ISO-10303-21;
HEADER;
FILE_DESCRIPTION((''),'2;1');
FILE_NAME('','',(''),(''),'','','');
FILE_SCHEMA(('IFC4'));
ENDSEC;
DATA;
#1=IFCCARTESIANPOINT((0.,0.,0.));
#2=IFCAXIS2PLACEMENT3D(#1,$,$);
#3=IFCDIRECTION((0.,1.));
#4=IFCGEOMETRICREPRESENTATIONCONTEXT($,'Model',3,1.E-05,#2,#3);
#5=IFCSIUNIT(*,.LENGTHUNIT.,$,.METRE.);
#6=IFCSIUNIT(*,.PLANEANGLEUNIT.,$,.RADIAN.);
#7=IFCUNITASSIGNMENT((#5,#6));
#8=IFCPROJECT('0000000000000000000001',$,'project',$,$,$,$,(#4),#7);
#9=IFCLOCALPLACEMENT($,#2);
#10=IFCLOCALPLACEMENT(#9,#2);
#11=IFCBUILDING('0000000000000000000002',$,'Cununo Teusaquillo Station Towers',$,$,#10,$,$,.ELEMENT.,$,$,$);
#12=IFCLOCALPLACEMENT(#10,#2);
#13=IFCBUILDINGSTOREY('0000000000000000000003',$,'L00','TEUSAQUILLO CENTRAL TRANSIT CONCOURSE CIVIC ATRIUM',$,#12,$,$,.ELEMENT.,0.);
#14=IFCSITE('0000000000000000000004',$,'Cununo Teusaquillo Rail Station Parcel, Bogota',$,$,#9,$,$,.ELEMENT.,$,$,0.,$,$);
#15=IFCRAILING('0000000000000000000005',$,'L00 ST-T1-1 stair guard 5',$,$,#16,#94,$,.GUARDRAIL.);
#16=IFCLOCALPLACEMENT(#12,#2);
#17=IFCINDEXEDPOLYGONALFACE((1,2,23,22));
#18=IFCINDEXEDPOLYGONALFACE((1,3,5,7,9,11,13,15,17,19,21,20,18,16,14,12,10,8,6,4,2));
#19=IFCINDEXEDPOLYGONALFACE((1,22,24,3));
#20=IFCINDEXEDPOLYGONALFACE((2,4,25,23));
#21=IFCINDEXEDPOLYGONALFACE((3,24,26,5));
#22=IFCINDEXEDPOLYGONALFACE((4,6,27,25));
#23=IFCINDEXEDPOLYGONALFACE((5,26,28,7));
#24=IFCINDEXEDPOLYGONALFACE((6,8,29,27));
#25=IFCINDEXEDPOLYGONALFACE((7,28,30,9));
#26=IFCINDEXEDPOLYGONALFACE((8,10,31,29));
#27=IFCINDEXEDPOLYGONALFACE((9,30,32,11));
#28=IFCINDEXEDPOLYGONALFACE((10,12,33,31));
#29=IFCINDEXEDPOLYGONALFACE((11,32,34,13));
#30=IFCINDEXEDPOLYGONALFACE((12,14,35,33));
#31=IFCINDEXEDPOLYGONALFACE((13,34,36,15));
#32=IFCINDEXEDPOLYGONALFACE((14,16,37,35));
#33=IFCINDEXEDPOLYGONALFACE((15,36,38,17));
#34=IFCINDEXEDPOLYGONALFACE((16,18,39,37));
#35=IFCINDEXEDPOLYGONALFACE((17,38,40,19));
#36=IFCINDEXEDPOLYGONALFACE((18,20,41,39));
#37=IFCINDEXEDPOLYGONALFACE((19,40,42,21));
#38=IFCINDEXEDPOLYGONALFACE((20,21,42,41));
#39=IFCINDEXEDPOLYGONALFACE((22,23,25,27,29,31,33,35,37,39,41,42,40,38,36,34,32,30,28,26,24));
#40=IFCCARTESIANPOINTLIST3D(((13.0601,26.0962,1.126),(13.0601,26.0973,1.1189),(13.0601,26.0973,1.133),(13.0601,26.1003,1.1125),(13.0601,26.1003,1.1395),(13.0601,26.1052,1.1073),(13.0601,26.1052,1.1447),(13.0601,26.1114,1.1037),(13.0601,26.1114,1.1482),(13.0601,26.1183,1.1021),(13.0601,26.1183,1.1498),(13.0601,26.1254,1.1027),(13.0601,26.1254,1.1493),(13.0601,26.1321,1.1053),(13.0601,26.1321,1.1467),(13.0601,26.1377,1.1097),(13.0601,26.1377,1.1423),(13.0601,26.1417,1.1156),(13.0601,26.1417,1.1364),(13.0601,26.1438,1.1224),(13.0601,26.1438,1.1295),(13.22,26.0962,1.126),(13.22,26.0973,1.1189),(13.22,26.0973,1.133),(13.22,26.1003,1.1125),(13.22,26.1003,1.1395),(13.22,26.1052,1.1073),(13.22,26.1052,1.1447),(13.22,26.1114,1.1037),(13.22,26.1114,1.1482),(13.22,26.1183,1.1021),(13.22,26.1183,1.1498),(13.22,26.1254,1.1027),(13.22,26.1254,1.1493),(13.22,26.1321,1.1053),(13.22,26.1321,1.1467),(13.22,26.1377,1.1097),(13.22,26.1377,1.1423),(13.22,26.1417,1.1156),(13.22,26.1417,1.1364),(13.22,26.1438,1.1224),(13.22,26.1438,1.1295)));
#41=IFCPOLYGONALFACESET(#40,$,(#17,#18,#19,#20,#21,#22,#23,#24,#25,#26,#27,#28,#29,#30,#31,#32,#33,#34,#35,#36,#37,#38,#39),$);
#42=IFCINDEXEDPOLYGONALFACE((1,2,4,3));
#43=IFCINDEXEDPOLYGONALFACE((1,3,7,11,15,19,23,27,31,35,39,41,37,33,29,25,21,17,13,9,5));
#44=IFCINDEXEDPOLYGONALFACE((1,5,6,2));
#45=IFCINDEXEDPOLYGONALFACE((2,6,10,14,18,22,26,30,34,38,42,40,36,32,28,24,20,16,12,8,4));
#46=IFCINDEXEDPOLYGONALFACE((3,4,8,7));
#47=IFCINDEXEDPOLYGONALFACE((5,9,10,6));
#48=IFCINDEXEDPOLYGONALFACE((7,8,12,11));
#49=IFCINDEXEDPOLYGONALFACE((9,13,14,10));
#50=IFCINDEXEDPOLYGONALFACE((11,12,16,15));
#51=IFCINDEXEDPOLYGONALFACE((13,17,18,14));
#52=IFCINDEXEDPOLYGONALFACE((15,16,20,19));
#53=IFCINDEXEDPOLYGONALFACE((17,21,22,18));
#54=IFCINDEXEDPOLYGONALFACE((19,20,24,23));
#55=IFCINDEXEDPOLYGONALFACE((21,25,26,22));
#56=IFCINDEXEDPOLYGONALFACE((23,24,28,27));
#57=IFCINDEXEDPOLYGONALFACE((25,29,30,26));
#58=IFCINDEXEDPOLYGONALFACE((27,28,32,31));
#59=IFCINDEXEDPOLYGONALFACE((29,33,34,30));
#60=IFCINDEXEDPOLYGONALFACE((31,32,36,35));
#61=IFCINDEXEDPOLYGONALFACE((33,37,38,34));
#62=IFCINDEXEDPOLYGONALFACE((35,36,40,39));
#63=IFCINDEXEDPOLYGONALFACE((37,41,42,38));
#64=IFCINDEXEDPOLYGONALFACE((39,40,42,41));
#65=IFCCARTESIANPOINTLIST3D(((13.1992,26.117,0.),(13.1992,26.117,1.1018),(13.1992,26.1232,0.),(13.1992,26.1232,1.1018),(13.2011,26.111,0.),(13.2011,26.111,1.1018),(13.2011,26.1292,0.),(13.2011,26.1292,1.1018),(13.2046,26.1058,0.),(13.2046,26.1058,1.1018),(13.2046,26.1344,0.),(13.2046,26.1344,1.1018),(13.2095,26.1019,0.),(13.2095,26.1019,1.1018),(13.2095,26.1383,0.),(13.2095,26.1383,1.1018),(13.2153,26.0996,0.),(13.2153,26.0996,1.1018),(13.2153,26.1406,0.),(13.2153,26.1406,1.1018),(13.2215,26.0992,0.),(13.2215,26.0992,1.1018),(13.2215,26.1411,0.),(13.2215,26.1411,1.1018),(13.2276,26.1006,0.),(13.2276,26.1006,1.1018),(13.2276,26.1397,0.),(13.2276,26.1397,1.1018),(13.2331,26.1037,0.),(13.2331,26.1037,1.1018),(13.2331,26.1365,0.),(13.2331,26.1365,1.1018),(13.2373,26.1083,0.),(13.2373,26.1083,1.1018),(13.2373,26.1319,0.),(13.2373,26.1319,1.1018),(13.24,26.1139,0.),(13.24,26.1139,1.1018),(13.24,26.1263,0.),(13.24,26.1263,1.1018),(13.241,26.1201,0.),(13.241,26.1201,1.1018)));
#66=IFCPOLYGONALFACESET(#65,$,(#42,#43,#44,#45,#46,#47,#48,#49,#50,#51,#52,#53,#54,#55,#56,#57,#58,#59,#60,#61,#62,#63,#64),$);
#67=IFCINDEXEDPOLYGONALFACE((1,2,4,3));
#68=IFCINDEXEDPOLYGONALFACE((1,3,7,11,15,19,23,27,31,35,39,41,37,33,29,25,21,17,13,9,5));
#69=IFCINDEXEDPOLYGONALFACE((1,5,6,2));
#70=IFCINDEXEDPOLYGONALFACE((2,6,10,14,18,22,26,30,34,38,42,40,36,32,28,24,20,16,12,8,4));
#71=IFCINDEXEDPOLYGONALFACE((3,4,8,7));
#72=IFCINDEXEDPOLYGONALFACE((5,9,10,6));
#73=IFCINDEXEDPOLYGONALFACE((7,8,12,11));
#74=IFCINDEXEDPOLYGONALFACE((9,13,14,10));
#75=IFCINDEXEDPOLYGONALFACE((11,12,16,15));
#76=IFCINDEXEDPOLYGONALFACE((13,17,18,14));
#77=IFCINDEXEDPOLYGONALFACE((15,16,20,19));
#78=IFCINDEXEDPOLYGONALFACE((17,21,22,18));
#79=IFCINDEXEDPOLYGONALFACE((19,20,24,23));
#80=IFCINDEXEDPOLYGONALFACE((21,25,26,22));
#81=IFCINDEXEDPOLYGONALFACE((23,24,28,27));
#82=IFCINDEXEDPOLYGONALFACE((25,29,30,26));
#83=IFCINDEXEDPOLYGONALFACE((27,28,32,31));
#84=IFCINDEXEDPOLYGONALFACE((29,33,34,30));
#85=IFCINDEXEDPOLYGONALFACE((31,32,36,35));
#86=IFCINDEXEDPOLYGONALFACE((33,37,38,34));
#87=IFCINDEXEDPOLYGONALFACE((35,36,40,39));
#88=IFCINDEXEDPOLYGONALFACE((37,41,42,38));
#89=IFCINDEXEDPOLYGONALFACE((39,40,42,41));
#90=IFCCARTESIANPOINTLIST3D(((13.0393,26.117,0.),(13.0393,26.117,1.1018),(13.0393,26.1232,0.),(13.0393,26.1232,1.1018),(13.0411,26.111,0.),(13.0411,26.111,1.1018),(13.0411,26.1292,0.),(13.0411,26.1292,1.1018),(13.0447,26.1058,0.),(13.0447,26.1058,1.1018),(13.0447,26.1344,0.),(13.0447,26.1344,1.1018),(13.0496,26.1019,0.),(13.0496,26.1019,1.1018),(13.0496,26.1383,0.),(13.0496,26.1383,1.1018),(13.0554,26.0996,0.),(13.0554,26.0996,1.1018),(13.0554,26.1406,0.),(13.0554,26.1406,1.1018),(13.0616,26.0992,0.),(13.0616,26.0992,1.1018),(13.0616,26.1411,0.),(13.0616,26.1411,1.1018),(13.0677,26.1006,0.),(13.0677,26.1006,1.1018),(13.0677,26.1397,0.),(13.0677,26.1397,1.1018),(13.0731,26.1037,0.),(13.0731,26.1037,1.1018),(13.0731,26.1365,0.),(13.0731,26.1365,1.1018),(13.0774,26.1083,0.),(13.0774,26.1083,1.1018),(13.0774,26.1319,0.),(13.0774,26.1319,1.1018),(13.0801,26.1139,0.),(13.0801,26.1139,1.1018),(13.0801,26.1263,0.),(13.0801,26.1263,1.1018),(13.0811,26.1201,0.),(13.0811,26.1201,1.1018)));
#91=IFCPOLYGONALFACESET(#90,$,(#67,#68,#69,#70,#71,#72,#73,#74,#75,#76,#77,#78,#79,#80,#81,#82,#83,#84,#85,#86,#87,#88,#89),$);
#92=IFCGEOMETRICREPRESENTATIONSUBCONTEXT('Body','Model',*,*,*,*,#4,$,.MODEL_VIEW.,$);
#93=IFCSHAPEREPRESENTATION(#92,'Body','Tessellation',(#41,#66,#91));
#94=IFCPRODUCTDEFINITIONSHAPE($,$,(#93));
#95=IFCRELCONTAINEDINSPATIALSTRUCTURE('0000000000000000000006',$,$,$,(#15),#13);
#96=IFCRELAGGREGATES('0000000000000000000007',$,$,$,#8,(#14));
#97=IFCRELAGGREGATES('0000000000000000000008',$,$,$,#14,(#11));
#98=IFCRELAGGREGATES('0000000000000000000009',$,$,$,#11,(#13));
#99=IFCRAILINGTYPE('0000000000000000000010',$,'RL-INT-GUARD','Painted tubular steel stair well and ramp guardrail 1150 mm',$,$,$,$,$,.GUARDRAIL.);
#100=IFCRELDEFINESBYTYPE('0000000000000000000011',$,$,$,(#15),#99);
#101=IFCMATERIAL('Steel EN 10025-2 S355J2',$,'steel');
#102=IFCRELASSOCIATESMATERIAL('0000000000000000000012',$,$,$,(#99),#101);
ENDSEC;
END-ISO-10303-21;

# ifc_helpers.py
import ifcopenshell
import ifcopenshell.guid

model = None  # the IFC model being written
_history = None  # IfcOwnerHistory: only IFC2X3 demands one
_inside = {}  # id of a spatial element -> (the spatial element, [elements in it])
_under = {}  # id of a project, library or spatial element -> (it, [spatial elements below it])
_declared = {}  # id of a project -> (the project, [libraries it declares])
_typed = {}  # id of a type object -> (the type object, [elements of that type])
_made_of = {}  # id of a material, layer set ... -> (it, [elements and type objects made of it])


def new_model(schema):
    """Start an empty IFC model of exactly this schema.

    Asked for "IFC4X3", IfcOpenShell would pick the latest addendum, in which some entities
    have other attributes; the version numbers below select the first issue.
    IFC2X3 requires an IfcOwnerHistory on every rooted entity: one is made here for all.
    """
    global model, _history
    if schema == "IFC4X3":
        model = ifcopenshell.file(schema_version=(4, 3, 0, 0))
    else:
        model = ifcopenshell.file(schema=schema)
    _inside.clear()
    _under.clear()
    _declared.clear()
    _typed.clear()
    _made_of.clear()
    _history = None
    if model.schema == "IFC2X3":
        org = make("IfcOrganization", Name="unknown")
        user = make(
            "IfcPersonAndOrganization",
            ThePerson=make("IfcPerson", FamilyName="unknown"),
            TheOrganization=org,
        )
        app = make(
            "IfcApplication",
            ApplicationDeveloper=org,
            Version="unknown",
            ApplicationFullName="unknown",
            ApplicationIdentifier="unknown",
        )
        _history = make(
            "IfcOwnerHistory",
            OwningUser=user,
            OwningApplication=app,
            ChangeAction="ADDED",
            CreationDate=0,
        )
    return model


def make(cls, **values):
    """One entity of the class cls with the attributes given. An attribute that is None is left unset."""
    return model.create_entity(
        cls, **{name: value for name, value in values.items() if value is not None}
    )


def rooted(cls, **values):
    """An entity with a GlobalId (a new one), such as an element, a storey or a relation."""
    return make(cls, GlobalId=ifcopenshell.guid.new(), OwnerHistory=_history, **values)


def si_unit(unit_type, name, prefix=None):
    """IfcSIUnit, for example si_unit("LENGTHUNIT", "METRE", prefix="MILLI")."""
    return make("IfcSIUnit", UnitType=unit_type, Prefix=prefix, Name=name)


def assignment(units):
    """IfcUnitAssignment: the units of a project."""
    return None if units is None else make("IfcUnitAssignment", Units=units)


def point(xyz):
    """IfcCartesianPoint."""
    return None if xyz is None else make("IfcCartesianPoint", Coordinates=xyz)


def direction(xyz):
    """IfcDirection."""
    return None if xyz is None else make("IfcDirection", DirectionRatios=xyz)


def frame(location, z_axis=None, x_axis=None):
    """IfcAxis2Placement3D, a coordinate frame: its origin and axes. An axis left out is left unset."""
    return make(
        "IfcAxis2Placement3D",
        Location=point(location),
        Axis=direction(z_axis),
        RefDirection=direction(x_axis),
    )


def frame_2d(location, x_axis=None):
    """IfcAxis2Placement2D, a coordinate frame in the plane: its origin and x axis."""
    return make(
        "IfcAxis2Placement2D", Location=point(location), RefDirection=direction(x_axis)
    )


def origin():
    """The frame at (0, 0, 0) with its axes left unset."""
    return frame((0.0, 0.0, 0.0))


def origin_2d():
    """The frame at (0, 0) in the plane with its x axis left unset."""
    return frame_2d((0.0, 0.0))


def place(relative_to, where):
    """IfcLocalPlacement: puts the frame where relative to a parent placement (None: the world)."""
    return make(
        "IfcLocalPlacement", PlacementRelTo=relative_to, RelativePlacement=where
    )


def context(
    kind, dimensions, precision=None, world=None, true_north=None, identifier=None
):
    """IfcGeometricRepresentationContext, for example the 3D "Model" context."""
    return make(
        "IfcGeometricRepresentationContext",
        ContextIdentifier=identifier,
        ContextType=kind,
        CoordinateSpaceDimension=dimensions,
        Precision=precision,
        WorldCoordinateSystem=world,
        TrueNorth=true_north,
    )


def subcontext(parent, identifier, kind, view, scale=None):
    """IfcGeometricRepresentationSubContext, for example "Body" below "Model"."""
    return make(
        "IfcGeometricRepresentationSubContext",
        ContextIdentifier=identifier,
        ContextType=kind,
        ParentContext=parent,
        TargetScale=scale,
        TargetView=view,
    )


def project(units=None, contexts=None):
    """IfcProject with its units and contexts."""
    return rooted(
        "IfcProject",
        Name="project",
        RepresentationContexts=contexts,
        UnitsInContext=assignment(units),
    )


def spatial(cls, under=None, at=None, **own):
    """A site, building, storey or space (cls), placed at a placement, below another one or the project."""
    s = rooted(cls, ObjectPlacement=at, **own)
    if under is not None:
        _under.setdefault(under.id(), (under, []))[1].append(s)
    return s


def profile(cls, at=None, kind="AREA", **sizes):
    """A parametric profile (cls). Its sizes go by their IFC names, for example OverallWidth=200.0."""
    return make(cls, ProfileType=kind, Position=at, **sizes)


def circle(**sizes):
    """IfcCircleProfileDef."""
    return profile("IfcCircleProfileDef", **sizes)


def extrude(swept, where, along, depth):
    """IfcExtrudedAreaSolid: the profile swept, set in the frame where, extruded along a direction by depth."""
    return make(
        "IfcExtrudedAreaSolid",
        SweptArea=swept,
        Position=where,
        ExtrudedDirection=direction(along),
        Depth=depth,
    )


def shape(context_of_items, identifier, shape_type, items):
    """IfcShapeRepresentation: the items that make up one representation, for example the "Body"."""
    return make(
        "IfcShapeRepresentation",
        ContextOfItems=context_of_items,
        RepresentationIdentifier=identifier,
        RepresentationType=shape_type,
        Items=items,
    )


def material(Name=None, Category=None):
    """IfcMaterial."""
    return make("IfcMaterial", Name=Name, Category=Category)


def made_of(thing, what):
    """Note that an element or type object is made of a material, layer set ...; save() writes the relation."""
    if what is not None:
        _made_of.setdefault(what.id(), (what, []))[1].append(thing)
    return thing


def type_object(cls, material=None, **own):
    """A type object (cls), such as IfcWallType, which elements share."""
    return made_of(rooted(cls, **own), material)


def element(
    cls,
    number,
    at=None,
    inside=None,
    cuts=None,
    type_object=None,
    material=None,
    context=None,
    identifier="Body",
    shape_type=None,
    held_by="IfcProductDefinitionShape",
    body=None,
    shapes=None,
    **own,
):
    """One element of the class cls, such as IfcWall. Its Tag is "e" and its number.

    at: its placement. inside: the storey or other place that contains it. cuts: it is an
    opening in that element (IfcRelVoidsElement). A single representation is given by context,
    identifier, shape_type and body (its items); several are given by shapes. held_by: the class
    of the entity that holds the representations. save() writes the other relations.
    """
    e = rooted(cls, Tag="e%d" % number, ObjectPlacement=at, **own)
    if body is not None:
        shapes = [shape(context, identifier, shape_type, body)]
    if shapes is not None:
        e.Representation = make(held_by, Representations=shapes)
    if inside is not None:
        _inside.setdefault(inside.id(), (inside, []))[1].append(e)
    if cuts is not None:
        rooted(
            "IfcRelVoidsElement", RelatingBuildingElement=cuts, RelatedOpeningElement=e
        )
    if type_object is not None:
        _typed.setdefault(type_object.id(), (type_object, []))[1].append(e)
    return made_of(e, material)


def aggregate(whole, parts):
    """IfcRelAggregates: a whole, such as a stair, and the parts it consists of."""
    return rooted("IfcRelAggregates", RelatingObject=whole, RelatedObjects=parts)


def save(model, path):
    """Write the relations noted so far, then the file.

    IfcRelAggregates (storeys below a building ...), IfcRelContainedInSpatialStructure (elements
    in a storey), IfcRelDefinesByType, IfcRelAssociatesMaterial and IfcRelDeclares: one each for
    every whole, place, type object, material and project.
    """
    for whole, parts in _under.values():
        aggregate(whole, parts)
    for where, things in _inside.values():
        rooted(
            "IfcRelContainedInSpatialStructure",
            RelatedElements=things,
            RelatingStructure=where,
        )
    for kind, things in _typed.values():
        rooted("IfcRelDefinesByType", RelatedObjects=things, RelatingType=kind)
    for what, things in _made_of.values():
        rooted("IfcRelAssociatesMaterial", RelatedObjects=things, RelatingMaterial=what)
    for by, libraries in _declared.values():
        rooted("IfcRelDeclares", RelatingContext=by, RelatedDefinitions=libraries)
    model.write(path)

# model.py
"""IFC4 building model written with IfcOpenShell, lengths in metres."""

from ifc_helpers import new_model, si_unit, direction, frame, origin, origin_2d, place, context, subcontext, project, spatial, circle, extrude, material, type_object, element, save


model = new_model("IFC4")

# Units and contexts
model_context = context("Model", 3, precision=1e-05, world=origin(), true_north=direction((0.0, 1.0)))
body_context = subcontext(model_context, "Body", "Model", "MODEL_VIEW")
ifc_project = project(units=[si_unit("LENGTHUNIT", "METRE"), si_unit("PLANEANGLEUNIT", "RADIAN")], contexts=[model_context])

# Site, building, storey
site_placement = place(None, origin())
site = spatial("IfcSite", under=ifc_project, at=site_placement, Name="Cununo Teusaquillo Rail Station Parcel, Bogota", CompositionType="ELEMENT", RefElevation=0.0)
building_placement = place(site_placement, origin())
building = spatial("IfcBuilding", under=site, at=building_placement, Name="Cununo Teusaquillo Station Towers", CompositionType="ELEMENT")
storey_placement = place(building_placement, origin())
storey = spatial("IfcBuildingStorey", under=building, at=storey_placement, Name="L00", Description="TEUSAQUILLO CENTRAL TRANSIT CONCOURSE CIVIC ATRIUM", CompositionType="ELEMENT", Elevation=0.0)

# Railing
ifc_material_1 = material(Name="Steel EN 10025-2 S355J2", Category="steel")
railing_type_1 = type_object("IfcRailingType", Name="RL-INT-GUARD", Description="Painted tubular steel stair well and ramp guardrail 1150 mm", PredefinedType="GUARDRAIL", material=ifc_material_1)
railing_1_placement = place(storey_placement, frame((13.22, 26.1201, 0.0)))
element("IfcRailing", 1, at=railing_1_placement, inside=storey, type_object=railing_type_1, Name="L00 ST-T1-1 stair guard 5", PredefinedType="GUARDRAIL", context=body_context, shape_type="SweptSolid", body=[
    extrude(circle(Radius=0.0239, at=origin_2d()), frame((0.0, 0.0, 1.126), z_axis=(-1.0, 0.0, 0.0), x_axis=(0.0, -1.0, 0.0)), (0.0, 0.0, 1.0), 0.1599),
    extrude(circle(Radius=0.021, at=origin_2d()), origin(), (0.0, 0.0, 1.0), 1.1018),
    extrude(circle(Radius=0.021, at=origin_2d()), frame((-0.1599, 0.0, 0.0)), (0.0, 0.0, 1.0), 1.1018),
])

save(model, "model.ifc")
